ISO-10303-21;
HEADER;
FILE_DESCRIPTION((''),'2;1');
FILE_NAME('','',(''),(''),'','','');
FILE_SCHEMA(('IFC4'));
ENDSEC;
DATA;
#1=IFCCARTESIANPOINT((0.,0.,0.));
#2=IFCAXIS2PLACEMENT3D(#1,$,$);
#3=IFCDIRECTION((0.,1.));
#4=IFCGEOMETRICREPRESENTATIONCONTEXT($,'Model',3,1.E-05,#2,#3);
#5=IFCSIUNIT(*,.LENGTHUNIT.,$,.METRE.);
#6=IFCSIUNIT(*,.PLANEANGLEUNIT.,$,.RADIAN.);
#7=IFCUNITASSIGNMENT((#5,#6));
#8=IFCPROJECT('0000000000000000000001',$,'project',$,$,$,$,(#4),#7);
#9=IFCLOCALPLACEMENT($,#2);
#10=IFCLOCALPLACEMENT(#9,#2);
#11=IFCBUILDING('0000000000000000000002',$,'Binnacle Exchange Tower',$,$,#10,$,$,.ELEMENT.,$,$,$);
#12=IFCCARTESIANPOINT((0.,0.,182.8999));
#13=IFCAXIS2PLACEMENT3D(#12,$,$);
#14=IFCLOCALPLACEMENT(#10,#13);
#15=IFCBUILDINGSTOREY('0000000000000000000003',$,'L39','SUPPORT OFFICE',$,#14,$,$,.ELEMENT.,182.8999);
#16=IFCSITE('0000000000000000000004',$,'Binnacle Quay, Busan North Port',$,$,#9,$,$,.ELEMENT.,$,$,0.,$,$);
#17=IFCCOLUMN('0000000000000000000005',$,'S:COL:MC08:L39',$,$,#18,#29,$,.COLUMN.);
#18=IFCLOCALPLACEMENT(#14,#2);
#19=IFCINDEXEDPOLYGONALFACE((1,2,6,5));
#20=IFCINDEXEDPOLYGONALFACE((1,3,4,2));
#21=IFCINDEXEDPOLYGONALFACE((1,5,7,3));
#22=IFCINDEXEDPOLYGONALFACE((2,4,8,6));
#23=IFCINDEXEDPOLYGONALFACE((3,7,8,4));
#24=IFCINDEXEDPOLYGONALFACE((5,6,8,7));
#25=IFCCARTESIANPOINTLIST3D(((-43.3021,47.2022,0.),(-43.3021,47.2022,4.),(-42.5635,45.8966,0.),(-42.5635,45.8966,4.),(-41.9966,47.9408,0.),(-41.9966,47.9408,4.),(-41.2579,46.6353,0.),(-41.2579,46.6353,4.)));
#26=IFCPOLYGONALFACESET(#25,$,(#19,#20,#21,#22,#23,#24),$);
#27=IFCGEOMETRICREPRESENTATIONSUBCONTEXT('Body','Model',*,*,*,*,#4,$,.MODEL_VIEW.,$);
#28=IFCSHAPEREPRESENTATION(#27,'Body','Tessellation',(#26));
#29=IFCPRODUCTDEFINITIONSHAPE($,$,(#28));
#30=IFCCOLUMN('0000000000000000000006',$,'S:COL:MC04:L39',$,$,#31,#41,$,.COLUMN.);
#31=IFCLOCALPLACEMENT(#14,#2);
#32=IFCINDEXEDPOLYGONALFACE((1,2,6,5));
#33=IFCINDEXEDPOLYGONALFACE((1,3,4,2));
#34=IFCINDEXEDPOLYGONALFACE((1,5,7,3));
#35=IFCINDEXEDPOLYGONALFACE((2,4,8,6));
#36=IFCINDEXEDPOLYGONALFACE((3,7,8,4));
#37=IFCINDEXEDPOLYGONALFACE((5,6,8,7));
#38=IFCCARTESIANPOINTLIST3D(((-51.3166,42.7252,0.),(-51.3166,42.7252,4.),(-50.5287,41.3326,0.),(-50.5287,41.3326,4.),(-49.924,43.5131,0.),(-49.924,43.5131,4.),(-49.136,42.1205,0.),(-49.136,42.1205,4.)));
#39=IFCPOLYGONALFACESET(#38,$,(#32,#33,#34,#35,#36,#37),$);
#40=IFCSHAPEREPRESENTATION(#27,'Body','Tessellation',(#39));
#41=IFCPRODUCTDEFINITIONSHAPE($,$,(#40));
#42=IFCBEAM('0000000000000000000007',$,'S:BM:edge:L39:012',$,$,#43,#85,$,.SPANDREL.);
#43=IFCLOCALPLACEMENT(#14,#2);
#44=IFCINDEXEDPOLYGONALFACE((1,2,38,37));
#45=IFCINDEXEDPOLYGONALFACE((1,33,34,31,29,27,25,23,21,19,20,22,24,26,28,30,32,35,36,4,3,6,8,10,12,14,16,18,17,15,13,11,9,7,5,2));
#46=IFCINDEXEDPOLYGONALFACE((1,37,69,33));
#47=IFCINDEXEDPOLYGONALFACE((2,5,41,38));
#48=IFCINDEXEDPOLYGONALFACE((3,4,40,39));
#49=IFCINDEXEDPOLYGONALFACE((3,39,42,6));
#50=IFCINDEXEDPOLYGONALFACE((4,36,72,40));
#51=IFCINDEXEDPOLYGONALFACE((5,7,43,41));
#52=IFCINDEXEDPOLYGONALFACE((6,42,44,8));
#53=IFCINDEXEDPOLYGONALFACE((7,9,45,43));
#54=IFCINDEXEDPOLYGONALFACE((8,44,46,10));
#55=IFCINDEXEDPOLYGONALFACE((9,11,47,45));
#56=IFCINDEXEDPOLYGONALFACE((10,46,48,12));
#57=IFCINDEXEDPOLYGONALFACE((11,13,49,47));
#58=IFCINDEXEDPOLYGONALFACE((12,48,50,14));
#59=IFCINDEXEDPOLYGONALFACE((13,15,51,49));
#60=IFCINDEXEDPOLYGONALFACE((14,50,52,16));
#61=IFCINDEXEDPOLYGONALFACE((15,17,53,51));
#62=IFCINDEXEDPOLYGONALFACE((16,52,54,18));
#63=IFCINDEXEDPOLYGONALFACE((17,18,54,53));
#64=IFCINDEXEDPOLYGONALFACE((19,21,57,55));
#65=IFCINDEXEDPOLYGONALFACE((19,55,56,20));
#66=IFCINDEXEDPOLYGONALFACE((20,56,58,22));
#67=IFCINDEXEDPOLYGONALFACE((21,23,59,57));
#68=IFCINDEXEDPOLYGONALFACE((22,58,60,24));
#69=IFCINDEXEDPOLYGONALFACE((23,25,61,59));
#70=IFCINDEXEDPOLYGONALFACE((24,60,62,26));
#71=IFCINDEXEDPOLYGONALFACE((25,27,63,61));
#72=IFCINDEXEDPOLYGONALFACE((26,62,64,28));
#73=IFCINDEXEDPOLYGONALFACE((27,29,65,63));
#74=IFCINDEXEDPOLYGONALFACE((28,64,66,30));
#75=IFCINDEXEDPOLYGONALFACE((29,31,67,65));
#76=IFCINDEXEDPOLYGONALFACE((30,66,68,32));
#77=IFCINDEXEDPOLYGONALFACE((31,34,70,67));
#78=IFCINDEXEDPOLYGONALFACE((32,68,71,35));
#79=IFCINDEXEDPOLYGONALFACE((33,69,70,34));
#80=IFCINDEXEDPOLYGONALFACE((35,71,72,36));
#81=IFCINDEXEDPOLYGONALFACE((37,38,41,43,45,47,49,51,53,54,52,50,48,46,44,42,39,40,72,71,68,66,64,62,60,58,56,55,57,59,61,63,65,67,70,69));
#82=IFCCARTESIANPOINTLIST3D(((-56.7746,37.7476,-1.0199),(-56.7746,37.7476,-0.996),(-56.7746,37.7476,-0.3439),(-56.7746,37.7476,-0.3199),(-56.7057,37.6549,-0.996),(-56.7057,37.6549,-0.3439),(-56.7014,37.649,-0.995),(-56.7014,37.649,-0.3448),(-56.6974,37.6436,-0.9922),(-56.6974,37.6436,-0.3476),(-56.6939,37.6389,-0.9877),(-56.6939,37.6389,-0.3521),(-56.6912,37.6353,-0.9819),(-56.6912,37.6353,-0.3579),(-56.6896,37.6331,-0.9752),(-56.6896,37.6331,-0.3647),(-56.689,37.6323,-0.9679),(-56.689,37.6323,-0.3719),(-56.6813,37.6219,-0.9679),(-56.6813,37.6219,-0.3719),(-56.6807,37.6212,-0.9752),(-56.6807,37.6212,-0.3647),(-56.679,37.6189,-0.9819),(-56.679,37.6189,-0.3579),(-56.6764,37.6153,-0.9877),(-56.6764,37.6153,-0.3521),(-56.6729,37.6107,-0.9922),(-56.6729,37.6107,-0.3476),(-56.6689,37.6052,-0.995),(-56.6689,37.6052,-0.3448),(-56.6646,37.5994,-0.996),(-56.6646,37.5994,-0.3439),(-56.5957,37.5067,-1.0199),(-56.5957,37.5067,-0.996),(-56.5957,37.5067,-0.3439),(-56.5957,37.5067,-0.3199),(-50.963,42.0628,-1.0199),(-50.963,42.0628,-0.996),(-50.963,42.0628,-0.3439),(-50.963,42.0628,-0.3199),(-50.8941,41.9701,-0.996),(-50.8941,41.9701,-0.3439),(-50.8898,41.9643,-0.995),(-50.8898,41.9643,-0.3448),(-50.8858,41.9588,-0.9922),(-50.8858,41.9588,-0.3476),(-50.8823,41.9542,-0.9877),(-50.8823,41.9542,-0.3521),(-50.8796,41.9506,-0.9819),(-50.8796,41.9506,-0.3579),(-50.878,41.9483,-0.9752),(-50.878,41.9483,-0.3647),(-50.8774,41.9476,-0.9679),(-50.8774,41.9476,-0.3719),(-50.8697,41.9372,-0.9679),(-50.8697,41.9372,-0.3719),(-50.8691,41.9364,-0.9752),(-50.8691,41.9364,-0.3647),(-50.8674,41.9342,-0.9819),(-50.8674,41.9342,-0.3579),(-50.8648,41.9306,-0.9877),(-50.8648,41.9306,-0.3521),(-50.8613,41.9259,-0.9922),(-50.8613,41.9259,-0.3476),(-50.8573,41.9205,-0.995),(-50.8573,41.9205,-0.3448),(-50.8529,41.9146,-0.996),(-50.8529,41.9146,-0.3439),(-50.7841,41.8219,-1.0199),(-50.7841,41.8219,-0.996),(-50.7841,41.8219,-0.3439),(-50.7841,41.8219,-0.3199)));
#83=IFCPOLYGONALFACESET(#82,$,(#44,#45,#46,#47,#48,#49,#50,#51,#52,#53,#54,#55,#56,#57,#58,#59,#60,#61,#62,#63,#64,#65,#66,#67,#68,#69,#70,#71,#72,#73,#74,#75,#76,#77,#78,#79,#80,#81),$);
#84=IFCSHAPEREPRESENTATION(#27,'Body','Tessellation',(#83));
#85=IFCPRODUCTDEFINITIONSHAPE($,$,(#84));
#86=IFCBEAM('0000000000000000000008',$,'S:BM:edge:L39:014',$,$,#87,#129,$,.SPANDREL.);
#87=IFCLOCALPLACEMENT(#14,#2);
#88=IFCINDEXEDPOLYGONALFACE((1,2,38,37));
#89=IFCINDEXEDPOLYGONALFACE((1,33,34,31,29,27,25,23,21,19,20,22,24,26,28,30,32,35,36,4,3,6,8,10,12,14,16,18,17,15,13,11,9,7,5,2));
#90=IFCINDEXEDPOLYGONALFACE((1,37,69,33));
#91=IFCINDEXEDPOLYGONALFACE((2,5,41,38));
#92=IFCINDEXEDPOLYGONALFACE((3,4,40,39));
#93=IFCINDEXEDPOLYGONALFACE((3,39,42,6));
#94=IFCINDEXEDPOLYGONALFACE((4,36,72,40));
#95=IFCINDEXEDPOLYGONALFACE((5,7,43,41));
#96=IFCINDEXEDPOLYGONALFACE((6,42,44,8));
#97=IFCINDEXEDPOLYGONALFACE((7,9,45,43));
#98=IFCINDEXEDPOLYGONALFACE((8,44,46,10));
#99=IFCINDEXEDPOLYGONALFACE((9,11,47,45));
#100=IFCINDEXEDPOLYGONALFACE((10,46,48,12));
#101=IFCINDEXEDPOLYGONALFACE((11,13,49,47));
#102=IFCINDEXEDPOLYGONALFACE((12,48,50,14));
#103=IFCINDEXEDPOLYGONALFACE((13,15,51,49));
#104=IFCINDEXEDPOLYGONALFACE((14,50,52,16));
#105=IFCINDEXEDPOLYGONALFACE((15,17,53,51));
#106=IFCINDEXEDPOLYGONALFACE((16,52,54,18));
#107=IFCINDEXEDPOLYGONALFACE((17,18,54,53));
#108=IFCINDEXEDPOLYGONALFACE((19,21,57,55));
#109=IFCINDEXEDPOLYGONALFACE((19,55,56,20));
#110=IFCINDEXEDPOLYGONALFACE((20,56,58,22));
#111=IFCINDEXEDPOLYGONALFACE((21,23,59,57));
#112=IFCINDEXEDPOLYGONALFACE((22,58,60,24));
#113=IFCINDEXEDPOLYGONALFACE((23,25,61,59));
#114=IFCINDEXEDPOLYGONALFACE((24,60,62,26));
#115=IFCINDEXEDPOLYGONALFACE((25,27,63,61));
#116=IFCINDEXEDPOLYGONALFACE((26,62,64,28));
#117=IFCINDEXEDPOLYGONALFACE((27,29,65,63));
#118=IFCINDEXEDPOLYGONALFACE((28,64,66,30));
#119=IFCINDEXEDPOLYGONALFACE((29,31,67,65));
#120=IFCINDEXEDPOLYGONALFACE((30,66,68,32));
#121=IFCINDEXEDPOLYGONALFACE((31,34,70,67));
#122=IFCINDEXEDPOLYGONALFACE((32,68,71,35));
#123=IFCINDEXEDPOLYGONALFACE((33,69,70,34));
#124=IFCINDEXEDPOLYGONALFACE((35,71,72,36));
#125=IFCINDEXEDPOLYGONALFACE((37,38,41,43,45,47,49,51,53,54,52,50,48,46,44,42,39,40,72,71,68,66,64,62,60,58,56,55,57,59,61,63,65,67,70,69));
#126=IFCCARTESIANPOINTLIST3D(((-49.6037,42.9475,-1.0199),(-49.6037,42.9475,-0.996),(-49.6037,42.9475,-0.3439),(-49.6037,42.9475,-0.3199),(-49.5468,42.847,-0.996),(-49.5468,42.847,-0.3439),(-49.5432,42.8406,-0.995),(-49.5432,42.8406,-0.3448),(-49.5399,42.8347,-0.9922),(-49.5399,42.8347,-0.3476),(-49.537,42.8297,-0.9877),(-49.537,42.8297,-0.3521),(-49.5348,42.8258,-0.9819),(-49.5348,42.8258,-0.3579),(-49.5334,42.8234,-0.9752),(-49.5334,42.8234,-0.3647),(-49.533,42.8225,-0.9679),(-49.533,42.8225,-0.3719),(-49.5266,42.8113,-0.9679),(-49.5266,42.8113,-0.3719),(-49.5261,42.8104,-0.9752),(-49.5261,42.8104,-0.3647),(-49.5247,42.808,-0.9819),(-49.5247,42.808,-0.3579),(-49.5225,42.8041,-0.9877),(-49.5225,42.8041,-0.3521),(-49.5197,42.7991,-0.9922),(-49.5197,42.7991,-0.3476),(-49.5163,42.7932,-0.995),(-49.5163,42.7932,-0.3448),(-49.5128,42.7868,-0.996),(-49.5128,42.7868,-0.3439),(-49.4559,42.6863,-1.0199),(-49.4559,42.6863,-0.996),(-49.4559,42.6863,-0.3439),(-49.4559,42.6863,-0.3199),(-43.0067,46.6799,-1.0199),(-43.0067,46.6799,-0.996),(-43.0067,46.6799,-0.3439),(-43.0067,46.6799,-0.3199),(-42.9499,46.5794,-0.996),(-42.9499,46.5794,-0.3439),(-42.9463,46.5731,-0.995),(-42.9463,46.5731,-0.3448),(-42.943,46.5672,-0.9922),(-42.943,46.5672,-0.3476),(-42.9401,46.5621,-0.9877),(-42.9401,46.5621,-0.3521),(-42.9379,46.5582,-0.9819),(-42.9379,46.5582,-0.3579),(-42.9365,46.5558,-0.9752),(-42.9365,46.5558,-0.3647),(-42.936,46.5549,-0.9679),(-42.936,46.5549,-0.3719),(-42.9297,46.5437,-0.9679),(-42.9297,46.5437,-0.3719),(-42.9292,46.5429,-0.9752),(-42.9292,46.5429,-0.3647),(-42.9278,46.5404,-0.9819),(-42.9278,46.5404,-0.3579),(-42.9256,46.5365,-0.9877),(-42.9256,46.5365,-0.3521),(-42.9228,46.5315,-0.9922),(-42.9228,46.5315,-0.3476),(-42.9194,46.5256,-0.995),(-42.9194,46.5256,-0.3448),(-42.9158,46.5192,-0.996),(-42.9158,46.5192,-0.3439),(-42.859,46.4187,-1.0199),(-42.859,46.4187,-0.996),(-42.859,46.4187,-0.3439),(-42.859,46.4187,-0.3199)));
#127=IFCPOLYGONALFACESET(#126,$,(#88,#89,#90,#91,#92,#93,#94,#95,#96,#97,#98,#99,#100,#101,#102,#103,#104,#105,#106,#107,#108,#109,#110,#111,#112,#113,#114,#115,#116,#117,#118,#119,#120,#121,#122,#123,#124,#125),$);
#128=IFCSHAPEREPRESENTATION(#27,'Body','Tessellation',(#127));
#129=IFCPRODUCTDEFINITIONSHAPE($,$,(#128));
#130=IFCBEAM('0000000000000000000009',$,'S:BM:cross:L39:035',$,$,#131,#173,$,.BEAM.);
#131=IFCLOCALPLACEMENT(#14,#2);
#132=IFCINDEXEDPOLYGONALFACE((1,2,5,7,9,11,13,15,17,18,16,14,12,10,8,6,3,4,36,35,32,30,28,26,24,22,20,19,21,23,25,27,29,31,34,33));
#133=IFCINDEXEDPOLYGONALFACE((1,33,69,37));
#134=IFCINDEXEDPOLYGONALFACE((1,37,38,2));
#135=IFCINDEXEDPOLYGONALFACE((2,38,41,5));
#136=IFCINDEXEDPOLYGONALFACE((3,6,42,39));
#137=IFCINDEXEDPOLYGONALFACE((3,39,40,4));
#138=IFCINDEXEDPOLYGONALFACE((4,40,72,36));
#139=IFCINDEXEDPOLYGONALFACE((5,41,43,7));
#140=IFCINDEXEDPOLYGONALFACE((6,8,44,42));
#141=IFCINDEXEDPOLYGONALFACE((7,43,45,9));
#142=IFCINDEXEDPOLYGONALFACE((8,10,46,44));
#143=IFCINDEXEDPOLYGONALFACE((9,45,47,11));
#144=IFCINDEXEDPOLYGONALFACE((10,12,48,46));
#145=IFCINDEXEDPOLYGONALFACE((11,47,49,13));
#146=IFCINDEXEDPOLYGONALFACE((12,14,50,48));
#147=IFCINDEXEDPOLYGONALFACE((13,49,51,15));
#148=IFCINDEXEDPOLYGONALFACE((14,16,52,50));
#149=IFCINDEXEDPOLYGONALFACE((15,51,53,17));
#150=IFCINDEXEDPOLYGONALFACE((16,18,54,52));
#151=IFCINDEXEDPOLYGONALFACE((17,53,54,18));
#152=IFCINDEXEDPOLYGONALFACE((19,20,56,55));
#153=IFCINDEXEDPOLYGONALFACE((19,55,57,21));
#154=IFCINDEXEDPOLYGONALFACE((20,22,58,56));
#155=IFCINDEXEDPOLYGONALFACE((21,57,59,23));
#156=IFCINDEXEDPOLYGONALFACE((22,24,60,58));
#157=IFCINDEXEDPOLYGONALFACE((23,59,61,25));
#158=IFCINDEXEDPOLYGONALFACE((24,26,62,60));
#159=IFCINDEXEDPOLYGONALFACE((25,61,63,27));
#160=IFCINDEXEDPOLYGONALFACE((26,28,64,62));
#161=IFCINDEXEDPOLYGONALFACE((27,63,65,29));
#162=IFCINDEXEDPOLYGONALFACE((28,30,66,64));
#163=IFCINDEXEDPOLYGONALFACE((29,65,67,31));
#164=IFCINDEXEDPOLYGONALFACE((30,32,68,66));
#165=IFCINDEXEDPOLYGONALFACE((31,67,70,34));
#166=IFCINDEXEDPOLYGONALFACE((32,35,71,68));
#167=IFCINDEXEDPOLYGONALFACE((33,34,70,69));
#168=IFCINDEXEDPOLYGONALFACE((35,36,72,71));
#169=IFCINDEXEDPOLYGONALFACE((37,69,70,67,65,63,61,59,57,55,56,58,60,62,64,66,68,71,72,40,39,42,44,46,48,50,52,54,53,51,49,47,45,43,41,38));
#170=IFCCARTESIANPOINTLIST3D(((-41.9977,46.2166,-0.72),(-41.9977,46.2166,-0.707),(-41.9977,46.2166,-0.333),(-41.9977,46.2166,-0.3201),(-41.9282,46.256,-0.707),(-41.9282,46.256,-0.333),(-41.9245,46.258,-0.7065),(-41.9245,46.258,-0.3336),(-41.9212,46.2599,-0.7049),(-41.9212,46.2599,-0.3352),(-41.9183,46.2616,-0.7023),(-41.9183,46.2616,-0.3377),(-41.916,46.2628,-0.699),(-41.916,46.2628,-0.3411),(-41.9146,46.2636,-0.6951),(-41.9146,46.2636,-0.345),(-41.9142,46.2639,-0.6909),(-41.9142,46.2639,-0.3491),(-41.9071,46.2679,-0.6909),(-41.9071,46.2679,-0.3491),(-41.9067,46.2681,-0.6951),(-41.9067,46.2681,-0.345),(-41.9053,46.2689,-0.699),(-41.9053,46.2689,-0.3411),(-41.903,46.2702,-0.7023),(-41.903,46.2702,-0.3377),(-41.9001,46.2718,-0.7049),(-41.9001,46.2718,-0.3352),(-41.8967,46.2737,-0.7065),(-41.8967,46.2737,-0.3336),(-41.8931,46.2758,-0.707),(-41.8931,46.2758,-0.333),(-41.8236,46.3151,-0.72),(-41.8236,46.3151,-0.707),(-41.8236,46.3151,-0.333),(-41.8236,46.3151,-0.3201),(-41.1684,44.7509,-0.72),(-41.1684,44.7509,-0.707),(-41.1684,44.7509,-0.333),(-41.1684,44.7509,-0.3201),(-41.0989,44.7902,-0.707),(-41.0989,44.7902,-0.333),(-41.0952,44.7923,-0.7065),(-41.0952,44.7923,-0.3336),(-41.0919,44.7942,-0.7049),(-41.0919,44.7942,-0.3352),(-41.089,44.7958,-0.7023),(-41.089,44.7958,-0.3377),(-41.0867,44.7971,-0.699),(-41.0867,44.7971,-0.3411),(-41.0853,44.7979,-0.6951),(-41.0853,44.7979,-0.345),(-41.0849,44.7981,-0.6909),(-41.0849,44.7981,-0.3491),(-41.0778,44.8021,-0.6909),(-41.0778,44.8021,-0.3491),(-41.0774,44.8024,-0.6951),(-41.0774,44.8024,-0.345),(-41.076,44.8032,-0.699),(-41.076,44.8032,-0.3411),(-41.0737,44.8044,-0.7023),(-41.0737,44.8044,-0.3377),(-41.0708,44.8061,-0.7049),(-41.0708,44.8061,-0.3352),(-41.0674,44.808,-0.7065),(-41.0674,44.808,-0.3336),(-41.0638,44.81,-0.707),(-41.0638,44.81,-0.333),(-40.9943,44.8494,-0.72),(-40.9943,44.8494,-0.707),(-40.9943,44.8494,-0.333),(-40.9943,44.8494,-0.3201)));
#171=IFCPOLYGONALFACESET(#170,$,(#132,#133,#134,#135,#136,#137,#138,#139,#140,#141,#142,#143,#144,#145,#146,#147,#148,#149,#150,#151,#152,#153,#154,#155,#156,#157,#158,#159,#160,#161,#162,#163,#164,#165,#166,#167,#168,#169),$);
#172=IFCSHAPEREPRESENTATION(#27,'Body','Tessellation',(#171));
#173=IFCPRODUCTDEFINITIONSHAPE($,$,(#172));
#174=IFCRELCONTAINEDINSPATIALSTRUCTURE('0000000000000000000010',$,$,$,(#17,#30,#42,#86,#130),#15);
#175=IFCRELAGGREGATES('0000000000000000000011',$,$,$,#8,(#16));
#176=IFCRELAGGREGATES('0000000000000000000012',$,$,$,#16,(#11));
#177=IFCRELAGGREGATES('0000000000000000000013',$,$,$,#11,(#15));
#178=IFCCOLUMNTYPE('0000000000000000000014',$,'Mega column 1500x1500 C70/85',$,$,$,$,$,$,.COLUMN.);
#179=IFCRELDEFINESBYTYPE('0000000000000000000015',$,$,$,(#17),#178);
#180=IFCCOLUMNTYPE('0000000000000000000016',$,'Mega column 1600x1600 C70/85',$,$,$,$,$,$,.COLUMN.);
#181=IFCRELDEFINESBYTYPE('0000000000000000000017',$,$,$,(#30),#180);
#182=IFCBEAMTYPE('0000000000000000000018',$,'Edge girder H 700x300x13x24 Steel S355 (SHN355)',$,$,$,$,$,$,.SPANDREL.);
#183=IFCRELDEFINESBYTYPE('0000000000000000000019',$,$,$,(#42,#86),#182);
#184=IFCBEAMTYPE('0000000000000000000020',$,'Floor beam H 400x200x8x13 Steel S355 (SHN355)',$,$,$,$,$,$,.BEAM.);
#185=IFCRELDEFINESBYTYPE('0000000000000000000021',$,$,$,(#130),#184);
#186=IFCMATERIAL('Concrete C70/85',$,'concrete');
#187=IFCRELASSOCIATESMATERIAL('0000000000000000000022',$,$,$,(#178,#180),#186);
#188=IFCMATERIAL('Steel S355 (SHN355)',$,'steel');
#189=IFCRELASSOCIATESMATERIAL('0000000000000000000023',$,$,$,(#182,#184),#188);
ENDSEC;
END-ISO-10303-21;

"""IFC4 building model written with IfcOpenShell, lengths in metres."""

from ifc_helpers import new_model, si_unit, direction, frame, origin, origin_2d, place, context, subcontext, project, spatial, rectangle, i_section, extrude, material, material_profile, profile_set, type_object, element, save


model = new_model("IFC4")

# Units and contexts
model_context = context("Model", 3, precision=1e-05, world=origin(), true_north=direction((0.0, 1.0)))
body_context = subcontext(model_context, "Body", "Model", "MODEL_VIEW")
ifc_project = project(units=[si_unit("LENGTHUNIT", "METRE"), si_unit("PLANEANGLEUNIT", "RADIAN")], contexts=[model_context])

# Site, building, storey
site_placement = place(None, origin())
site = spatial("IfcSite", under=ifc_project, at=site_placement, Name="Binnacle Quay, Busan North Port", CompositionType="ELEMENT", RefElevation=0.0)
building_placement = place(site_placement, origin())
building = spatial("IfcBuilding", under=site, at=building_placement, Name="Binnacle Exchange Tower", CompositionType="ELEMENT")
storey_placement = place(building_placement, frame((0.0, 0.0, 182.8999)))
storey = spatial("IfcBuildingStorey", under=building, at=storey_placement, Name="L39", Description="SUPPORT OFFICE", CompositionType="ELEMENT", Elevation=182.8999)

# Columns
ifc_material_1 = material(Name="Concrete C70/85", Category="concrete")
ifc_material_profile_1 = material_profile(ifc_material_1, rectangle(XDim=1.5, YDim=1.5, at=origin_2d()), Name="Mega column 1500x1500 C70/85")
ifc_profile_set_1 = profile_set([ifc_material_profile_1], Name="Concrete C70/85")
column_type_1 = type_object("IfcColumnType", Name="Mega column 1500x1500 C70/85", PredefinedType="COLUMN", material=ifc_profile_set_1)
column_1_placement = place(storey_placement, frame((-42.28, 46.9187, 0.0), z_axis=(0.0, 0.0, 1.0), x_axis=(-0.870356, -0.492424, 0.0)))
element("IfcColumn", 1, at=column_1_placement, inside=storey, type_object=column_type_1, Name="S:COL:MC08:L39", PredefinedType="COLUMN", context=body_context, shape_type="SweptSolid", body=[
    extrude(rectangle(XDim=1.5, YDim=1.5, at=origin_2d()), origin(), (0.0, 0.0, 1.0), 4.0),
])
ifc_material_profile_2 = material_profile(ifc_material_1, rectangle(XDim=1.6001, YDim=1.6001, at=origin_2d()), Name="Mega column 1600x1600 C70/85")
ifc_profile_set_2 = profile_set([ifc_material_profile_2], Name="Concrete C70/85")
column_type_2 = type_object("IfcColumnType", Name="Mega column 1600x1600 C70/85", PredefinedType="COLUMN", material=ifc_profile_set_2)
column_2_placement = place(storey_placement, frame((-50.2263, 42.4229, 0.0), z_axis=(0.0, 0.0, 1.0), x_axis=(-0.870356, -0.492424, 0.0)))
element("IfcColumn", 2, at=column_2_placement, inside=storey, type_object=column_type_2, Name="S:COL:MC04:L39", PredefinedType="COLUMN", context=body_context, shape_type="SweptSolid", body=[
    extrude(rectangle(XDim=1.6001, YDim=1.6001, at=origin_2d()), origin(), (0.0, 0.0, 1.0), 4.0),
])

# Beams
ifc_material_2 = material(Name="Steel S355 (SHN355)", Category="steel")
ifc_material_profile_3 = material_profile(ifc_material_2, i_section(OverallWidth=0.3, OverallDepth=0.7, WebThickness=0.0129, FlangeThickness=0.0239, FilletRadius=0.0281, at=origin_2d()), Name="H 700x300x13x24")
ifc_profile_set_3 = profile_set([ifc_material_profile_3], Name="Steel S355 (SHN355)")
beam_type_1 = type_object("IfcBeamType", Name="Edge girder H 700x300x13x24 Steel S355 (SHN355)", PredefinedType="SPANDREL", material=ifc_profile_set_3)
beam_1_placement = place(storey_placement, frame((-50.8735, 41.9424, -0.6699), z_axis=(-0.802873, -0.596151, 0.0), x_axis=(0.596151, -0.802873, 0.0)))
element("IfcBeam", 3, at=beam_1_placement, inside=storey, type_object=beam_type_1, Name="S:BM:edge:L39:012", PredefinedType="SPANDREL", context=body_context, shape_type="SweptSolid", body=[
    extrude(i_section(OverallWidth=0.3, OverallDepth=0.7, WebThickness=0.0129, FlangeThickness=0.0239, FilletRadius=0.0281, at=origin_2d()), origin(), (0.0, 0.0, 1.0), 7.2385),
])
beam_2_placement = place(storey_placement, frame((-42.9329, 46.5493, -0.6699), z_axis=(-0.870352, -0.49243, 0.0), x_axis=(0.49243, -0.870352, 0.0)))
element("IfcBeam", 4, at=beam_2_placement, inside=storey, type_object=beam_type_1, Name="S:BM:edge:L39:014", PredefinedType="SPANDREL", context=body_context, shape_type="SweptSolid", body=[
    extrude(i_section(OverallWidth=0.3, OverallDepth=0.7, WebThickness=0.0129, FlangeThickness=0.0239, FilletRadius=0.0281, at=origin_2d()), origin(), (0.0, 0.0, 1.0), 7.5796),
])
ifc_material_profile_4 = material_profile(ifc_material_2, i_section(OverallWidth=0.2, OverallDepth=0.3999, WebThickness=0.0081, FlangeThickness=0.0129, FilletRadius=0.0161, at=origin_2d()), Name="H 400x200x8x13")
ifc_profile_set_4 = profile_set([ifc_material_profile_4], Name="Steel S355 (SHN355)")
beam_type_2 = type_object("IfcBeamType", Name="Floor beam H 400x200x8x13 Steel S355 (SHN355)", PredefinedType="BEAM", material=ifc_profile_set_4)
beam_3_placement = place(storey_placement, frame((-41.9106, 46.2659, -0.52), z_axis=(0.492435, -0.870349, 0.0), x_axis=(0.870349, 0.492435, 0.0)))
element("IfcBeam", 5, at=beam_3_placement, inside=storey, type_object=beam_type_2, Name="S:BM:cross:L39:035", PredefinedType="BEAM", context=body_context, shape_type="SweptSolid", body=[
    extrude(i_section(OverallWidth=0.2, OverallDepth=0.3999, WebThickness=0.0081, FlangeThickness=0.0129, FilletRadius=0.0161, at=origin_2d()), origin(), (0.0, 0.0, 1.0), 1.6841),
])

save(model, "model.ifc")
